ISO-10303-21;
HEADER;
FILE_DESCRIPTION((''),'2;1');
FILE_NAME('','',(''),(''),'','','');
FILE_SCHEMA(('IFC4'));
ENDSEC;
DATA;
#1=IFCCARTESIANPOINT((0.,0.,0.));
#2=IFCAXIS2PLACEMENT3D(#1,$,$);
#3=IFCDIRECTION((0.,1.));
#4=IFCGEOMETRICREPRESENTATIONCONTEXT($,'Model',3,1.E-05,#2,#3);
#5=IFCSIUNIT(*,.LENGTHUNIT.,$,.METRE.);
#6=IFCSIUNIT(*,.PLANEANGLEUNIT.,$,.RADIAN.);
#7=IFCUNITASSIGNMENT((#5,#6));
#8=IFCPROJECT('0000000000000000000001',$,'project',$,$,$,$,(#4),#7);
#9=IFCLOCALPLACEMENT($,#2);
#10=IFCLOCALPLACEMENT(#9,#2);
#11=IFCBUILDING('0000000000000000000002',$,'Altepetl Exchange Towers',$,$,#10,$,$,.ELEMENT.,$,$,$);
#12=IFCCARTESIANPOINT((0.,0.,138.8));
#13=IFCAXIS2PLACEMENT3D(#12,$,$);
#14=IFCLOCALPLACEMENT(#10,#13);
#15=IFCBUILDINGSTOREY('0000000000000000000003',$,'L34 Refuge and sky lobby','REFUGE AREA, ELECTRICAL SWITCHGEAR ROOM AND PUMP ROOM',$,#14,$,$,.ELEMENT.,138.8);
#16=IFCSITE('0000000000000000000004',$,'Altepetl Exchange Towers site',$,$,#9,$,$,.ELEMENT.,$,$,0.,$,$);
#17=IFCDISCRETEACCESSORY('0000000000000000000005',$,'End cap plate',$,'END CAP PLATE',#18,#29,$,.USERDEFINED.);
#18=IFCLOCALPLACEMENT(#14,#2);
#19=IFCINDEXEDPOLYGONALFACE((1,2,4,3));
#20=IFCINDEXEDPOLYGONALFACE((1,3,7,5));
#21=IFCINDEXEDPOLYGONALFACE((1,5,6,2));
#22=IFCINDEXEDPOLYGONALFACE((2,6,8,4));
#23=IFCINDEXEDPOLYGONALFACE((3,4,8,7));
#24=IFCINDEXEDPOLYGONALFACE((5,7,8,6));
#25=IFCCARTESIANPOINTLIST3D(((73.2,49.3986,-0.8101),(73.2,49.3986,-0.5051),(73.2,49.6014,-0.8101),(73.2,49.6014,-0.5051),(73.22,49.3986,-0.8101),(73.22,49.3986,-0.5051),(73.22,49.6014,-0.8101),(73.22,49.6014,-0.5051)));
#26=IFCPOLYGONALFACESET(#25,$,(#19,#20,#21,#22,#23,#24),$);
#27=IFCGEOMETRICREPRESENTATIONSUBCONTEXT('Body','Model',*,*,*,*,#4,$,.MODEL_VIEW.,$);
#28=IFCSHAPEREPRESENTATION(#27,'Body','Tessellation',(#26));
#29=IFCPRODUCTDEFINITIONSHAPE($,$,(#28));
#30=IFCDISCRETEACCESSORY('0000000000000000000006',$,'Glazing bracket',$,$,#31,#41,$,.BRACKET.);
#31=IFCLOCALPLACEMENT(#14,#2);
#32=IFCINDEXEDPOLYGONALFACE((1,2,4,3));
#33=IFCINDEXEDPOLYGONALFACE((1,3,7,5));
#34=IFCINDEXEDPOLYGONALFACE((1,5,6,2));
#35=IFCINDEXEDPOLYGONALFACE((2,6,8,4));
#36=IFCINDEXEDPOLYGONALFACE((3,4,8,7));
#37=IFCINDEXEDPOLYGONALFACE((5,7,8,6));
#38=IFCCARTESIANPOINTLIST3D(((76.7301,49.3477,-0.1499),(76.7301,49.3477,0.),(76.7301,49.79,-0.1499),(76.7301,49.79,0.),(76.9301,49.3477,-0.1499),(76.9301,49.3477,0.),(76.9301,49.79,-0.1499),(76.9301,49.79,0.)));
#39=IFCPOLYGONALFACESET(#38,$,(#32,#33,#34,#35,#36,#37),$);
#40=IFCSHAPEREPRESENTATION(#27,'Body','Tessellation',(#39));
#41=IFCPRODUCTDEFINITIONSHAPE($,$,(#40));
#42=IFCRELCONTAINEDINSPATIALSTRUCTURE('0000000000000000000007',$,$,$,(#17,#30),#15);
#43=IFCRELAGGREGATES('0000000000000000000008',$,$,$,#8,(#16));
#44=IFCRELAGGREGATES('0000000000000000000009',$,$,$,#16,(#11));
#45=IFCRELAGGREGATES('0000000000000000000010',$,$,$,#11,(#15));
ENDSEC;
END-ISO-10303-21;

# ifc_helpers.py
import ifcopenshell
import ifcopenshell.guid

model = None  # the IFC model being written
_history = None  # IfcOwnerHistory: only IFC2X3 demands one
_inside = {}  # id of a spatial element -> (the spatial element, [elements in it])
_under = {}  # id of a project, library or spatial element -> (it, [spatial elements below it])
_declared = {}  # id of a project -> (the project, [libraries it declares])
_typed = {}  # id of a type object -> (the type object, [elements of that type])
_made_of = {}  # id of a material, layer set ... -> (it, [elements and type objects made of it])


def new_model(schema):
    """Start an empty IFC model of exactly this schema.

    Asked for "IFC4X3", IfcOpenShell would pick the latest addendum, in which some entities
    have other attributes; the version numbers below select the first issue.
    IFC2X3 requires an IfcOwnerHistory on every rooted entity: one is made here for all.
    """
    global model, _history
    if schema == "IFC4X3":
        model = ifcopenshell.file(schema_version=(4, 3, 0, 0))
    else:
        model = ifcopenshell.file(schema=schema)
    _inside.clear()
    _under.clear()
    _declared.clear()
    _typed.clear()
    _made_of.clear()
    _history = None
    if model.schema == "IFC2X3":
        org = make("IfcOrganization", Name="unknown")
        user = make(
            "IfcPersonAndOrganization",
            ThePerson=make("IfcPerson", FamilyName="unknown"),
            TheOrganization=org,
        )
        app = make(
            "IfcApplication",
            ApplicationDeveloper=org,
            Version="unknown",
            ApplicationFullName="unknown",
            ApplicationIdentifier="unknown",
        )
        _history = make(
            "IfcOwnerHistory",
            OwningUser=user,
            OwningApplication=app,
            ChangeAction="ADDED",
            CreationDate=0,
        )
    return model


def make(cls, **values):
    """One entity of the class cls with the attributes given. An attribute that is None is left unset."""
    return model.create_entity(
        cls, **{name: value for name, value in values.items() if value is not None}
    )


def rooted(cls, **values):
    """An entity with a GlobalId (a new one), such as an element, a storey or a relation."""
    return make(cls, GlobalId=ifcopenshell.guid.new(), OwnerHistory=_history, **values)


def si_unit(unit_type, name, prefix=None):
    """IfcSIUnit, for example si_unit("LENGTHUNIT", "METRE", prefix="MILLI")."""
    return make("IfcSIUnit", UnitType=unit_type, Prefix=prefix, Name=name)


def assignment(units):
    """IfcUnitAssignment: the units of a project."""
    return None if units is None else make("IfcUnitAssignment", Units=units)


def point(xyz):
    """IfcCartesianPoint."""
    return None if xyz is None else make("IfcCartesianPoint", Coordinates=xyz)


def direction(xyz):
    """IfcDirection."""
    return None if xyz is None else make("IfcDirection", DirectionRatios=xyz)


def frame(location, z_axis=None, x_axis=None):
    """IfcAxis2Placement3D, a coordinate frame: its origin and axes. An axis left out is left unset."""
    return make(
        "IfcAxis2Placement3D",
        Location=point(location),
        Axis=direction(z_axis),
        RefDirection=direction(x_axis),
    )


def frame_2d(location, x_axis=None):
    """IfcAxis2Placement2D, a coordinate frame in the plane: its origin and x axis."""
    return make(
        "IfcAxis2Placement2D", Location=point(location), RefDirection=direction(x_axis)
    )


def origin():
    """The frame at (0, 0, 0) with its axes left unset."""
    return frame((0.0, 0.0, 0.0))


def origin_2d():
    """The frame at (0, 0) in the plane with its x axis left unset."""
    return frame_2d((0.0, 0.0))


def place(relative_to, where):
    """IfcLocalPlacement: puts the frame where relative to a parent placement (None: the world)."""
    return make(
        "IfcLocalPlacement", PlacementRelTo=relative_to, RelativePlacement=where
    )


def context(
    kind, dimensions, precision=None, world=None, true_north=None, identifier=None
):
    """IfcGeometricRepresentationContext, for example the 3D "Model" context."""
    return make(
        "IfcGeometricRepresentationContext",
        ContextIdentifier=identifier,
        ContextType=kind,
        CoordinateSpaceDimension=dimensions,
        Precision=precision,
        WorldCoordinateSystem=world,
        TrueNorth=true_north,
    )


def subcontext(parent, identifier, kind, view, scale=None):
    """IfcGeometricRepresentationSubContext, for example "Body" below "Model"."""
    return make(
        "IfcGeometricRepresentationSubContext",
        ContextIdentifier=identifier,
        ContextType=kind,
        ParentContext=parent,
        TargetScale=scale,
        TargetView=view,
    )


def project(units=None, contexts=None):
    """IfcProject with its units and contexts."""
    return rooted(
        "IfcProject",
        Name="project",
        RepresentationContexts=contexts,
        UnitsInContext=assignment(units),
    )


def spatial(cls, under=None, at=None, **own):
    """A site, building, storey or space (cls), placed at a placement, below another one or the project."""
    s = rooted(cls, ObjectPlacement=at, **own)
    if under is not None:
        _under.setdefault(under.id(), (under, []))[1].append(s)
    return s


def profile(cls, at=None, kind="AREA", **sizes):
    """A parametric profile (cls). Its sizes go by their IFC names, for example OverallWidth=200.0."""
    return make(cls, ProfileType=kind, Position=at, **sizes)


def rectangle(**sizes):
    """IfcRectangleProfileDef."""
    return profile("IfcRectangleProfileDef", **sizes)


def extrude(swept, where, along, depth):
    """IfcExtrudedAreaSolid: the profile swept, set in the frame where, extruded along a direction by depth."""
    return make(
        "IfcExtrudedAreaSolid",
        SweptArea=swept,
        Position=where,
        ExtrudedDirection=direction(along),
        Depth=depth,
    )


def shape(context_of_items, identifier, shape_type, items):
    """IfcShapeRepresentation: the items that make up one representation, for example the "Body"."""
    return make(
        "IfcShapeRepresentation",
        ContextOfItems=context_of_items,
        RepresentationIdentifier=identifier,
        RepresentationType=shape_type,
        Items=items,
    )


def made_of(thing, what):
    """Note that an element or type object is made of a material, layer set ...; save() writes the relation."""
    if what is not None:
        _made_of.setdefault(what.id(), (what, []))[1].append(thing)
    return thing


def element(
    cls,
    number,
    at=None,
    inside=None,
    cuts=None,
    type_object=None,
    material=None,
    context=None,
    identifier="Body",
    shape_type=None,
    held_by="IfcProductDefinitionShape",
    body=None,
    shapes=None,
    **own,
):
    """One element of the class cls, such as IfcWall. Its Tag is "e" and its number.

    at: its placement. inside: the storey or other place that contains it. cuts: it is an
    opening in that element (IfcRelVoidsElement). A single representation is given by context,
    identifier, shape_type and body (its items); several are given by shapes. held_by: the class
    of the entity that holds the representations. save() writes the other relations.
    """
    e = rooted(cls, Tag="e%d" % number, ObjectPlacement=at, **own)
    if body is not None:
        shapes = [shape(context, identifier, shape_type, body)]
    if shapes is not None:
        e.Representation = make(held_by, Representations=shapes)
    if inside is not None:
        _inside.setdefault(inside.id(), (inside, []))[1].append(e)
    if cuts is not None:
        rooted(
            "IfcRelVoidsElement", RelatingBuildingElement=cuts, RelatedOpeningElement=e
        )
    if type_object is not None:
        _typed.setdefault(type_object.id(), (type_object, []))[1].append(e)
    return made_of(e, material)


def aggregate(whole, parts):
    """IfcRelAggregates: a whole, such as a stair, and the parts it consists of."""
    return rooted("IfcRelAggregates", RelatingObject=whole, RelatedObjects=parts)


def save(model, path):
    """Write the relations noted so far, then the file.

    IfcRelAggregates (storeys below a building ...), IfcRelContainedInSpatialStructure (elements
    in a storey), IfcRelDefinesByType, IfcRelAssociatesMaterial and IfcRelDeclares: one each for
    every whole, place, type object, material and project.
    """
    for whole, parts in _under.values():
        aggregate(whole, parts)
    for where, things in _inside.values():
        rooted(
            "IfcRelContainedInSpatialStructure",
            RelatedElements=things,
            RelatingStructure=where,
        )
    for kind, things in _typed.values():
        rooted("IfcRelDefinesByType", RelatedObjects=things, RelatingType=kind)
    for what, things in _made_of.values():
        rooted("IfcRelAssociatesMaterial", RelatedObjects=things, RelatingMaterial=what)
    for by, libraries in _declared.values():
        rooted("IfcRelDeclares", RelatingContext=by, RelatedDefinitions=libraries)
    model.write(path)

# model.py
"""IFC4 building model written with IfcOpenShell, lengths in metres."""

from ifc_helpers import new_model, si_unit, direction, frame, origin, origin_2d, place, context, subcontext, project, spatial, rectangle, extrude, element, save


model = new_model("IFC4")

# Units and contexts
model_context = context("Model", 3, precision=1e-05, world=origin(), true_north=direction((0.0, 1.0)))
body_context = subcontext(model_context, "Body", "Model", "MODEL_VIEW")
ifc_project = project(units=[si_unit("LENGTHUNIT", "METRE"), si_unit("PLANEANGLEUNIT", "RADIAN")], contexts=[model_context])

# Site, building, storey
site_placement = place(None, origin())
site = spatial("IfcSite", under=ifc_project, at=site_placement, Name="Altepetl Exchange Towers site", CompositionType="ELEMENT", RefElevation=0.0)
building_placement = place(site_placement, origin())
building = spatial("IfcBuilding", under=site, at=building_placement, Name="Altepetl Exchange Towers", CompositionType="ELEMENT")
storey_placement = place(building_placement, frame((0.0, 0.0, 138.8)))
storey = spatial("IfcBuildingStorey", under=building, at=storey_placement, Name="L34 Refuge and sky lobby", Description="REFUGE AREA, ELECTRICAL SWITCHGEAR ROOM AND PUMP ROOM", CompositionType="ELEMENT", Elevation=138.8)

# Discrete accessories
discrete_accessory_1_placement = place(storey_placement, frame((73.21, 49.5, -0.8101)))
element("IfcDiscreteAccessory", 1, at=discrete_accessory_1_placement, inside=storey, Name="End cap plate", ObjectType="END CAP PLATE", PredefinedType="USERDEFINED", context=body_context, shape_type="SweptSolid", body=[
    extrude(rectangle(XDim=0.02, YDim=0.2029, at=origin_2d()), origin(), (0.0, 0.0, 1.0), 0.3049),
])
discrete_accessory_2_placement = place(storey_placement, frame((76.8301, 49.5688, -0.1499)))
element("IfcDiscreteAccessory", 2, at=discrete_accessory_2_placement, inside=storey, Name="Glazing bracket", PredefinedType="BRACKET", context=body_context, shape_type="SweptSolid", body=[
    extrude(rectangle(XDim=0.2, YDim=0.4424, at=origin_2d()), origin(), (0.0, 0.0, 1.0), 0.1499),
])

save(model, "model.ifc")
